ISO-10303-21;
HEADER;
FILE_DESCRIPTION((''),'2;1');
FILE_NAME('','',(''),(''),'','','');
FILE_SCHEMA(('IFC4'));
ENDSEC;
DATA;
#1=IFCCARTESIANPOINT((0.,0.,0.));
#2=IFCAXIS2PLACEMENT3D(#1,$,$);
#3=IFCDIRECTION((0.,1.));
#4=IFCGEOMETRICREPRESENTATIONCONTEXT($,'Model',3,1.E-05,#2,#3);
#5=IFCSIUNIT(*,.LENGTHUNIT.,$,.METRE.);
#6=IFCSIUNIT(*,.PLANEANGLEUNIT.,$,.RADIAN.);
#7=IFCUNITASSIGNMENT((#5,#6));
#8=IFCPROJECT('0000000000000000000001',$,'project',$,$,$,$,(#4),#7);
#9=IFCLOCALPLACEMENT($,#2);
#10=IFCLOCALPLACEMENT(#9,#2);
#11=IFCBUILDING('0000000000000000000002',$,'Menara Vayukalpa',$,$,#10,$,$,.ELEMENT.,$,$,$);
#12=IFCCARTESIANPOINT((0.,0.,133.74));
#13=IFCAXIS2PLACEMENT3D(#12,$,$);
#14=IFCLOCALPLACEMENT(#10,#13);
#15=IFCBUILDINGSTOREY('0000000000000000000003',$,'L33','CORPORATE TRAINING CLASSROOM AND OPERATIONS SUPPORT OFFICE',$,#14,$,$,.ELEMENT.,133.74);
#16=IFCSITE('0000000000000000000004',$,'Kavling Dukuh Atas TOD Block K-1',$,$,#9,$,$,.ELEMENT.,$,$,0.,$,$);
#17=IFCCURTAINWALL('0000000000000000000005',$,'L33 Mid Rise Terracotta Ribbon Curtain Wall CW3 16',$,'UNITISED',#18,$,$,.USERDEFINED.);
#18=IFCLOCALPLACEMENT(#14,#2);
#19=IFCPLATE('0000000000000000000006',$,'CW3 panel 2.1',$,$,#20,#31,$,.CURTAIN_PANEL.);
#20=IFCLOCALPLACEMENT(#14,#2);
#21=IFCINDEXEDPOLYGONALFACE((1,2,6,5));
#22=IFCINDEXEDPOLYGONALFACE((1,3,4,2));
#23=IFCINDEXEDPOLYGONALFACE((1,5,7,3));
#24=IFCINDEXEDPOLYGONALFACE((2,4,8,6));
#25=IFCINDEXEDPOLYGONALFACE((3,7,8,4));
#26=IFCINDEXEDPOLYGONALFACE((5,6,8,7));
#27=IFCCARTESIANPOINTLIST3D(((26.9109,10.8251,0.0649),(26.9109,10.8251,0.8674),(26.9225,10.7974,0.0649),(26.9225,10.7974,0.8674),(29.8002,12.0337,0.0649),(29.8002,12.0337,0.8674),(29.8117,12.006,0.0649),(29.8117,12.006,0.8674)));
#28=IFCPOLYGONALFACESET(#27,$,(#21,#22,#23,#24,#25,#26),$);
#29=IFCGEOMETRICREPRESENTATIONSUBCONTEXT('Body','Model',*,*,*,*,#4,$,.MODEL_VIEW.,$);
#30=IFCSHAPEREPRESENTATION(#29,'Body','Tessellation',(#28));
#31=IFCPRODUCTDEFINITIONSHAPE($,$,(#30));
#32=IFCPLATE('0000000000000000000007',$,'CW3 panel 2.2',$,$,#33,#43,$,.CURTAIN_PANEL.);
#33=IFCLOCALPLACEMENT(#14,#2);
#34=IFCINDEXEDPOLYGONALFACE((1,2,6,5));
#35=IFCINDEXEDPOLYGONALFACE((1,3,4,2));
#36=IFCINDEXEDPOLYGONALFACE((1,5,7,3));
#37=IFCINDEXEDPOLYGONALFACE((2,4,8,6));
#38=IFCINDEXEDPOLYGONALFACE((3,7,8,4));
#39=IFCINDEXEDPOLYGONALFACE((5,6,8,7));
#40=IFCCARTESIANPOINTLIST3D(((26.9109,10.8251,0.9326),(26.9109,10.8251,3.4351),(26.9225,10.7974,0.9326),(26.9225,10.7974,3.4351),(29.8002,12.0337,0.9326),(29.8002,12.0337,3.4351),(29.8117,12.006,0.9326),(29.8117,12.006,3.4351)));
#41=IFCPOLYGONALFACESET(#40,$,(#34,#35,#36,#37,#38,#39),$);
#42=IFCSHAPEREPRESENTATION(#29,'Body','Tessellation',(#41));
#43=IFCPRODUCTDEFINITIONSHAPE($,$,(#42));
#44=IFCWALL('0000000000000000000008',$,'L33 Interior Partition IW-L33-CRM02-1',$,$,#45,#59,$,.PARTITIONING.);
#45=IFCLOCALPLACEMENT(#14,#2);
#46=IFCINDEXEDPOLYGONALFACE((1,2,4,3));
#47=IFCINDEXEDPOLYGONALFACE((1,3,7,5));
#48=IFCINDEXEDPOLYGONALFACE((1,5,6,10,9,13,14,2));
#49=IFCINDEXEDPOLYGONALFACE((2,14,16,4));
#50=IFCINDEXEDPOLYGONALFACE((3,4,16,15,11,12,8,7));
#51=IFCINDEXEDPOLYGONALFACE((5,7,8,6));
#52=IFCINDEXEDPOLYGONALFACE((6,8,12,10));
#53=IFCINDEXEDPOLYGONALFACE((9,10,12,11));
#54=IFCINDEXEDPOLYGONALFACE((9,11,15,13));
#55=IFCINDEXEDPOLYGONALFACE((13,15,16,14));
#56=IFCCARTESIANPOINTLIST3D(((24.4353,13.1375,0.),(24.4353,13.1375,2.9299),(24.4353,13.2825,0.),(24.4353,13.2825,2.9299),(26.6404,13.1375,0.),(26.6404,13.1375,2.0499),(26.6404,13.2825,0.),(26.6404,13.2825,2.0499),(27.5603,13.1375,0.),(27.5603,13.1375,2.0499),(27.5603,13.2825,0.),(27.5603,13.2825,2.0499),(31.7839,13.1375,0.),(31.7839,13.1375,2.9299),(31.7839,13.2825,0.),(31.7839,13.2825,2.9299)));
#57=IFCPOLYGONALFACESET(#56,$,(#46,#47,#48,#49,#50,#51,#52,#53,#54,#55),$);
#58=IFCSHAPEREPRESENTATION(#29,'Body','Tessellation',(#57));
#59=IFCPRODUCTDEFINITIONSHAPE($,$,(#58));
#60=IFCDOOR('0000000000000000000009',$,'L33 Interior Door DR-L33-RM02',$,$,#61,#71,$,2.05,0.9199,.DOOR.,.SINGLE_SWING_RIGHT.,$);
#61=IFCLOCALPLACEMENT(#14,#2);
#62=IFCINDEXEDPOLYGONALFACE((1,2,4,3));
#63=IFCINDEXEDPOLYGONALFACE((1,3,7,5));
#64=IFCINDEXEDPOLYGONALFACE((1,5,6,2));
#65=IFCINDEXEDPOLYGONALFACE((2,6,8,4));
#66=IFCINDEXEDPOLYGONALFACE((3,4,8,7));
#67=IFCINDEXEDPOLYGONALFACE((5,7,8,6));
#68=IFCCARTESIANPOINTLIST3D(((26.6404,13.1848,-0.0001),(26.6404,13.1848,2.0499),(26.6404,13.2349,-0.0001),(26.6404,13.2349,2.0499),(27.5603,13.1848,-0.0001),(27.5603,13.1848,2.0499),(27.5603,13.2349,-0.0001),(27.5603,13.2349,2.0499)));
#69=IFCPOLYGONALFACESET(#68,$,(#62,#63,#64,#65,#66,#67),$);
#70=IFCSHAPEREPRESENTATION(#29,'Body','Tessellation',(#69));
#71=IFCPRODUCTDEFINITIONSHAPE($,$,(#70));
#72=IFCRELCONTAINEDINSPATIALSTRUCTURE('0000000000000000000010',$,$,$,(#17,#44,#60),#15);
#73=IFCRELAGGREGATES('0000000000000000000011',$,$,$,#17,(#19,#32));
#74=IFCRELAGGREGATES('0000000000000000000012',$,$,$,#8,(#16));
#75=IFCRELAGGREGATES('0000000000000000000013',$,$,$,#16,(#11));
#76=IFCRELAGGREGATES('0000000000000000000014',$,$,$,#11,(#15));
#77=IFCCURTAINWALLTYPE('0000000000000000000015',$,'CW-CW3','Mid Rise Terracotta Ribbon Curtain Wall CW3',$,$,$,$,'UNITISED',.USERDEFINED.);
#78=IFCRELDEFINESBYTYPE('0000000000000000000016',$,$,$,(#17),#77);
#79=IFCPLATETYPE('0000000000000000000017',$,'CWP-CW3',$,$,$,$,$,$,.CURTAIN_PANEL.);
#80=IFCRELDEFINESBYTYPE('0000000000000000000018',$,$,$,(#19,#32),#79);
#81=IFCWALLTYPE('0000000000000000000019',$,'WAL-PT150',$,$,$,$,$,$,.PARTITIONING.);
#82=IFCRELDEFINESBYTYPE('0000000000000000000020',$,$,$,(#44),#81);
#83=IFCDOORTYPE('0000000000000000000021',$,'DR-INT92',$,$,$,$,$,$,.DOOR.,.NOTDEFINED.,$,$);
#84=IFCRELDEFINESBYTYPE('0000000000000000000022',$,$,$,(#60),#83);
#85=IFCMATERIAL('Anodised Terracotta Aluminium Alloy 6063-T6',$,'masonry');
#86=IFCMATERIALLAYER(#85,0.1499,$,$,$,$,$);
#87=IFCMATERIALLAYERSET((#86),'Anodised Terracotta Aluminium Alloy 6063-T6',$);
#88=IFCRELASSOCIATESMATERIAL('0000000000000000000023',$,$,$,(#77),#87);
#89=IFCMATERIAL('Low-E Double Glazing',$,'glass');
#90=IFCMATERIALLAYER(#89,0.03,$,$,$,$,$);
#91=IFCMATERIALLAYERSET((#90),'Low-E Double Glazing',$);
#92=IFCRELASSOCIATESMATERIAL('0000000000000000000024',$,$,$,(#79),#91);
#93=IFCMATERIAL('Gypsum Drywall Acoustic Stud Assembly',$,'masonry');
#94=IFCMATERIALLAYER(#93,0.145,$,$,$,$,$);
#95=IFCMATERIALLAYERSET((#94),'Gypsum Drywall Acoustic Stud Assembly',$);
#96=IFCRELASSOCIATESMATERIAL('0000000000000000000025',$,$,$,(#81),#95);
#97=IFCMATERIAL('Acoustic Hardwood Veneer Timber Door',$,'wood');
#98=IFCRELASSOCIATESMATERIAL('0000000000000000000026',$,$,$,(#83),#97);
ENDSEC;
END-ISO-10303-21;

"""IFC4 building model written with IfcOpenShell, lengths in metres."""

from ifc_helpers import new_model, si_unit, direction, frame, frame_2d, origin, origin_2d, place, context, subcontext, project, spatial, rectangle, extrude, material, layer, layer_set, type_object, element, fill, aggregate, save


model = new_model("IFC4")

# Units and contexts
model_context = context("Model", 3, precision=1e-05, world=origin(), true_north=direction((0.0, 1.0)))
body_context = subcontext(model_context, "Body", "Model", "MODEL_VIEW")
ifc_project = project(units=[si_unit("LENGTHUNIT", "METRE"), si_unit("PLANEANGLEUNIT", "RADIAN")], contexts=[model_context])

# Site, building, storey
site_placement = place(None, origin())
site = spatial("IfcSite", under=ifc_project, at=site_placement, Name="Kavling Dukuh Atas TOD Block K-1", CompositionType="ELEMENT", RefElevation=0.0)
building_placement = place(site_placement, origin())
building = spatial("IfcBuilding", under=site, at=building_placement, Name="Menara Vayukalpa", CompositionType="ELEMENT")
storey_placement = place(building_placement, frame((0.0, 0.0, 133.74)))
storey = spatial("IfcBuildingStorey", under=building, at=storey_placement, Name="L33", Description="CORPORATE TRAINING CLASSROOM AND OPERATIONS SUPPORT OFFICE", CompositionType="ELEMENT", Elevation=133.74)

# Curtain wall
ifc_material_1 = material(Name="Anodised Terracotta Aluminium Alloy 6063-T6", Category="masonry")
ifc_layer_1 = layer(ifc_material_1, 0.1499)
ifc_layer_set_1 = layer_set([ifc_layer_1], Name="Anodised Terracotta Aluminium Alloy 6063-T6")
curtain_wall_type = type_object("IfcCurtainWallType", Name="CW-CW3", Description="Mid Rise Terracotta Ribbon Curtain Wall CW3", ElementType="UNITISED", PredefinedType="USERDEFINED", material=ifc_layer_set_1)
curtain_wall_1_placement = place(storey_placement, origin())
curtain_wall_1 = element("IfcCurtainWall", 1, at=curtain_wall_1_placement, inside=storey, type_object=curtain_wall_type, Name="L33 Mid Rise Terracotta Ribbon Curtain Wall CW3 16", ObjectType="UNITISED", PredefinedType="USERDEFINED")

# Plates
ifc_material_2 = material(Name="Low-E Double Glazing", Category="glass")
ifc_layer_2 = layer(ifc_material_2, 0.03)
ifc_layer_set_2 = layer_set([ifc_layer_2], Name="Low-E Double Glazing")
plate_type = type_object("IfcPlateType", Name="CWP-CW3", PredefinedType="CURTAIN_PANEL", material=ifc_layer_set_2)
plate_1_placement = place(storey_placement, frame((28.3613, 11.4155, 0.0649), z_axis=(0.0, 0.0, 1.0), x_axis=(0.922543, 0.385894, 0.0)))
plate_1 = element("IfcPlate", 2, at=plate_1_placement, type_object=plate_type, Name="CW3 panel 2.1", PredefinedType="CURTAIN_PANEL", context=body_context, shape_type="SweptSolid", body=[
    extrude(rectangle(XDim=3.1318, YDim=0.03, at=origin_2d()), origin(), (0.0, 0.0, 1.0), 0.8025),
])
plate_2_placement = place(storey_placement, frame((28.3613, 11.4155, 0.9326), z_axis=(0.0, 0.0, 1.0), x_axis=(0.922543, 0.385894, 0.0)))
plate_2 = element("IfcPlate", 3, at=plate_2_placement, type_object=plate_type, Name="CW3 panel 2.2", PredefinedType="CURTAIN_PANEL", context=body_context, shape_type="SweptSolid", body=[
    extrude(rectangle(XDim=3.1318, YDim=0.03, at=origin_2d()), origin(), (0.0, 0.0, 1.0), 2.5024),
])
aggregate(curtain_wall_1, [plate_1, plate_2])

# Wall, opening, door
ifc_material_3 = material(Name="Gypsum Drywall Acoustic Stud Assembly", Category="masonry")
ifc_layer_3 = layer(ifc_material_3, 0.145)
ifc_layer_set_3 = layer_set([ifc_layer_3], Name="Gypsum Drywall Acoustic Stud Assembly")
wall_type = type_object("IfcWallType", Name="WAL-PT150", PredefinedType="PARTITIONING", material=ifc_layer_set_3)
wall_placement = place(storey_placement, frame((24.4353, 13.21, 0.0), z_axis=(0.0, 0.0, 1.0), x_axis=(1.0, 0.0, 0.0)))
wall = element("IfcWall", 4, at=wall_placement, inside=storey, type_object=wall_type, Name="L33 Interior Partition IW-L33-CRM02-1", PredefinedType="PARTITIONING", context=body_context, shape_type="SweptSolid", body=[
    extrude(rectangle(XDim=7.3486, YDim=0.145, at=frame_2d((3.6743, 0.0))), origin(), (0.0, 0.0, 1.0), 2.9299),
])
opening_placement = place(wall_placement, frame((2.2051, 0.0, 0.0)))
opening = element("IfcOpeningElement", 5, at=opening_placement, cuts=wall, PredefinedType="OPENING", context=body_context, shape_type="SweptSolid", body=[
    extrude(rectangle(XDim=0.9199, YDim=2.05, at=frame_2d((0.46, 1.0249))), frame((0.0, 0.0825, 0.0), z_axis=(0.0, -1.0, 0.0), x_axis=(1.0, 0.0, 0.0)), (0.0, 0.0, 1.0), 0.165),
])
ifc_material_4 = material(Name="Acoustic Hardwood Veneer Timber Door", Category="wood")
door_type = type_object("IfcDoorType", Name="DR-INT92", OperationType="NOTDEFINED", PredefinedType="DOOR", material=ifc_material_4)
door_placement = place(opening_placement, origin())
door = element("IfcDoor", 6, at=door_placement, inside=storey, type_object=door_type, Name="L33 Interior Door DR-L33-RM02", OperationType="SINGLE_SWING_RIGHT", OverallHeight=2.05, OverallWidth=0.9199, PredefinedType="DOOR", context=body_context, shape_type="SweptSolid", body=[
    extrude(rectangle(XDim=0.9199, YDim=2.05, at=frame_2d((0.46, 1.0249))), frame((0.0, 0.0249, 0.0), z_axis=(0.0, -1.0, 0.0), x_axis=(1.0, 0.0, 0.0)), (0.0, 0.0, 1.0), 0.05),
])
fill(opening, door)

save(model, "model.ifc")
